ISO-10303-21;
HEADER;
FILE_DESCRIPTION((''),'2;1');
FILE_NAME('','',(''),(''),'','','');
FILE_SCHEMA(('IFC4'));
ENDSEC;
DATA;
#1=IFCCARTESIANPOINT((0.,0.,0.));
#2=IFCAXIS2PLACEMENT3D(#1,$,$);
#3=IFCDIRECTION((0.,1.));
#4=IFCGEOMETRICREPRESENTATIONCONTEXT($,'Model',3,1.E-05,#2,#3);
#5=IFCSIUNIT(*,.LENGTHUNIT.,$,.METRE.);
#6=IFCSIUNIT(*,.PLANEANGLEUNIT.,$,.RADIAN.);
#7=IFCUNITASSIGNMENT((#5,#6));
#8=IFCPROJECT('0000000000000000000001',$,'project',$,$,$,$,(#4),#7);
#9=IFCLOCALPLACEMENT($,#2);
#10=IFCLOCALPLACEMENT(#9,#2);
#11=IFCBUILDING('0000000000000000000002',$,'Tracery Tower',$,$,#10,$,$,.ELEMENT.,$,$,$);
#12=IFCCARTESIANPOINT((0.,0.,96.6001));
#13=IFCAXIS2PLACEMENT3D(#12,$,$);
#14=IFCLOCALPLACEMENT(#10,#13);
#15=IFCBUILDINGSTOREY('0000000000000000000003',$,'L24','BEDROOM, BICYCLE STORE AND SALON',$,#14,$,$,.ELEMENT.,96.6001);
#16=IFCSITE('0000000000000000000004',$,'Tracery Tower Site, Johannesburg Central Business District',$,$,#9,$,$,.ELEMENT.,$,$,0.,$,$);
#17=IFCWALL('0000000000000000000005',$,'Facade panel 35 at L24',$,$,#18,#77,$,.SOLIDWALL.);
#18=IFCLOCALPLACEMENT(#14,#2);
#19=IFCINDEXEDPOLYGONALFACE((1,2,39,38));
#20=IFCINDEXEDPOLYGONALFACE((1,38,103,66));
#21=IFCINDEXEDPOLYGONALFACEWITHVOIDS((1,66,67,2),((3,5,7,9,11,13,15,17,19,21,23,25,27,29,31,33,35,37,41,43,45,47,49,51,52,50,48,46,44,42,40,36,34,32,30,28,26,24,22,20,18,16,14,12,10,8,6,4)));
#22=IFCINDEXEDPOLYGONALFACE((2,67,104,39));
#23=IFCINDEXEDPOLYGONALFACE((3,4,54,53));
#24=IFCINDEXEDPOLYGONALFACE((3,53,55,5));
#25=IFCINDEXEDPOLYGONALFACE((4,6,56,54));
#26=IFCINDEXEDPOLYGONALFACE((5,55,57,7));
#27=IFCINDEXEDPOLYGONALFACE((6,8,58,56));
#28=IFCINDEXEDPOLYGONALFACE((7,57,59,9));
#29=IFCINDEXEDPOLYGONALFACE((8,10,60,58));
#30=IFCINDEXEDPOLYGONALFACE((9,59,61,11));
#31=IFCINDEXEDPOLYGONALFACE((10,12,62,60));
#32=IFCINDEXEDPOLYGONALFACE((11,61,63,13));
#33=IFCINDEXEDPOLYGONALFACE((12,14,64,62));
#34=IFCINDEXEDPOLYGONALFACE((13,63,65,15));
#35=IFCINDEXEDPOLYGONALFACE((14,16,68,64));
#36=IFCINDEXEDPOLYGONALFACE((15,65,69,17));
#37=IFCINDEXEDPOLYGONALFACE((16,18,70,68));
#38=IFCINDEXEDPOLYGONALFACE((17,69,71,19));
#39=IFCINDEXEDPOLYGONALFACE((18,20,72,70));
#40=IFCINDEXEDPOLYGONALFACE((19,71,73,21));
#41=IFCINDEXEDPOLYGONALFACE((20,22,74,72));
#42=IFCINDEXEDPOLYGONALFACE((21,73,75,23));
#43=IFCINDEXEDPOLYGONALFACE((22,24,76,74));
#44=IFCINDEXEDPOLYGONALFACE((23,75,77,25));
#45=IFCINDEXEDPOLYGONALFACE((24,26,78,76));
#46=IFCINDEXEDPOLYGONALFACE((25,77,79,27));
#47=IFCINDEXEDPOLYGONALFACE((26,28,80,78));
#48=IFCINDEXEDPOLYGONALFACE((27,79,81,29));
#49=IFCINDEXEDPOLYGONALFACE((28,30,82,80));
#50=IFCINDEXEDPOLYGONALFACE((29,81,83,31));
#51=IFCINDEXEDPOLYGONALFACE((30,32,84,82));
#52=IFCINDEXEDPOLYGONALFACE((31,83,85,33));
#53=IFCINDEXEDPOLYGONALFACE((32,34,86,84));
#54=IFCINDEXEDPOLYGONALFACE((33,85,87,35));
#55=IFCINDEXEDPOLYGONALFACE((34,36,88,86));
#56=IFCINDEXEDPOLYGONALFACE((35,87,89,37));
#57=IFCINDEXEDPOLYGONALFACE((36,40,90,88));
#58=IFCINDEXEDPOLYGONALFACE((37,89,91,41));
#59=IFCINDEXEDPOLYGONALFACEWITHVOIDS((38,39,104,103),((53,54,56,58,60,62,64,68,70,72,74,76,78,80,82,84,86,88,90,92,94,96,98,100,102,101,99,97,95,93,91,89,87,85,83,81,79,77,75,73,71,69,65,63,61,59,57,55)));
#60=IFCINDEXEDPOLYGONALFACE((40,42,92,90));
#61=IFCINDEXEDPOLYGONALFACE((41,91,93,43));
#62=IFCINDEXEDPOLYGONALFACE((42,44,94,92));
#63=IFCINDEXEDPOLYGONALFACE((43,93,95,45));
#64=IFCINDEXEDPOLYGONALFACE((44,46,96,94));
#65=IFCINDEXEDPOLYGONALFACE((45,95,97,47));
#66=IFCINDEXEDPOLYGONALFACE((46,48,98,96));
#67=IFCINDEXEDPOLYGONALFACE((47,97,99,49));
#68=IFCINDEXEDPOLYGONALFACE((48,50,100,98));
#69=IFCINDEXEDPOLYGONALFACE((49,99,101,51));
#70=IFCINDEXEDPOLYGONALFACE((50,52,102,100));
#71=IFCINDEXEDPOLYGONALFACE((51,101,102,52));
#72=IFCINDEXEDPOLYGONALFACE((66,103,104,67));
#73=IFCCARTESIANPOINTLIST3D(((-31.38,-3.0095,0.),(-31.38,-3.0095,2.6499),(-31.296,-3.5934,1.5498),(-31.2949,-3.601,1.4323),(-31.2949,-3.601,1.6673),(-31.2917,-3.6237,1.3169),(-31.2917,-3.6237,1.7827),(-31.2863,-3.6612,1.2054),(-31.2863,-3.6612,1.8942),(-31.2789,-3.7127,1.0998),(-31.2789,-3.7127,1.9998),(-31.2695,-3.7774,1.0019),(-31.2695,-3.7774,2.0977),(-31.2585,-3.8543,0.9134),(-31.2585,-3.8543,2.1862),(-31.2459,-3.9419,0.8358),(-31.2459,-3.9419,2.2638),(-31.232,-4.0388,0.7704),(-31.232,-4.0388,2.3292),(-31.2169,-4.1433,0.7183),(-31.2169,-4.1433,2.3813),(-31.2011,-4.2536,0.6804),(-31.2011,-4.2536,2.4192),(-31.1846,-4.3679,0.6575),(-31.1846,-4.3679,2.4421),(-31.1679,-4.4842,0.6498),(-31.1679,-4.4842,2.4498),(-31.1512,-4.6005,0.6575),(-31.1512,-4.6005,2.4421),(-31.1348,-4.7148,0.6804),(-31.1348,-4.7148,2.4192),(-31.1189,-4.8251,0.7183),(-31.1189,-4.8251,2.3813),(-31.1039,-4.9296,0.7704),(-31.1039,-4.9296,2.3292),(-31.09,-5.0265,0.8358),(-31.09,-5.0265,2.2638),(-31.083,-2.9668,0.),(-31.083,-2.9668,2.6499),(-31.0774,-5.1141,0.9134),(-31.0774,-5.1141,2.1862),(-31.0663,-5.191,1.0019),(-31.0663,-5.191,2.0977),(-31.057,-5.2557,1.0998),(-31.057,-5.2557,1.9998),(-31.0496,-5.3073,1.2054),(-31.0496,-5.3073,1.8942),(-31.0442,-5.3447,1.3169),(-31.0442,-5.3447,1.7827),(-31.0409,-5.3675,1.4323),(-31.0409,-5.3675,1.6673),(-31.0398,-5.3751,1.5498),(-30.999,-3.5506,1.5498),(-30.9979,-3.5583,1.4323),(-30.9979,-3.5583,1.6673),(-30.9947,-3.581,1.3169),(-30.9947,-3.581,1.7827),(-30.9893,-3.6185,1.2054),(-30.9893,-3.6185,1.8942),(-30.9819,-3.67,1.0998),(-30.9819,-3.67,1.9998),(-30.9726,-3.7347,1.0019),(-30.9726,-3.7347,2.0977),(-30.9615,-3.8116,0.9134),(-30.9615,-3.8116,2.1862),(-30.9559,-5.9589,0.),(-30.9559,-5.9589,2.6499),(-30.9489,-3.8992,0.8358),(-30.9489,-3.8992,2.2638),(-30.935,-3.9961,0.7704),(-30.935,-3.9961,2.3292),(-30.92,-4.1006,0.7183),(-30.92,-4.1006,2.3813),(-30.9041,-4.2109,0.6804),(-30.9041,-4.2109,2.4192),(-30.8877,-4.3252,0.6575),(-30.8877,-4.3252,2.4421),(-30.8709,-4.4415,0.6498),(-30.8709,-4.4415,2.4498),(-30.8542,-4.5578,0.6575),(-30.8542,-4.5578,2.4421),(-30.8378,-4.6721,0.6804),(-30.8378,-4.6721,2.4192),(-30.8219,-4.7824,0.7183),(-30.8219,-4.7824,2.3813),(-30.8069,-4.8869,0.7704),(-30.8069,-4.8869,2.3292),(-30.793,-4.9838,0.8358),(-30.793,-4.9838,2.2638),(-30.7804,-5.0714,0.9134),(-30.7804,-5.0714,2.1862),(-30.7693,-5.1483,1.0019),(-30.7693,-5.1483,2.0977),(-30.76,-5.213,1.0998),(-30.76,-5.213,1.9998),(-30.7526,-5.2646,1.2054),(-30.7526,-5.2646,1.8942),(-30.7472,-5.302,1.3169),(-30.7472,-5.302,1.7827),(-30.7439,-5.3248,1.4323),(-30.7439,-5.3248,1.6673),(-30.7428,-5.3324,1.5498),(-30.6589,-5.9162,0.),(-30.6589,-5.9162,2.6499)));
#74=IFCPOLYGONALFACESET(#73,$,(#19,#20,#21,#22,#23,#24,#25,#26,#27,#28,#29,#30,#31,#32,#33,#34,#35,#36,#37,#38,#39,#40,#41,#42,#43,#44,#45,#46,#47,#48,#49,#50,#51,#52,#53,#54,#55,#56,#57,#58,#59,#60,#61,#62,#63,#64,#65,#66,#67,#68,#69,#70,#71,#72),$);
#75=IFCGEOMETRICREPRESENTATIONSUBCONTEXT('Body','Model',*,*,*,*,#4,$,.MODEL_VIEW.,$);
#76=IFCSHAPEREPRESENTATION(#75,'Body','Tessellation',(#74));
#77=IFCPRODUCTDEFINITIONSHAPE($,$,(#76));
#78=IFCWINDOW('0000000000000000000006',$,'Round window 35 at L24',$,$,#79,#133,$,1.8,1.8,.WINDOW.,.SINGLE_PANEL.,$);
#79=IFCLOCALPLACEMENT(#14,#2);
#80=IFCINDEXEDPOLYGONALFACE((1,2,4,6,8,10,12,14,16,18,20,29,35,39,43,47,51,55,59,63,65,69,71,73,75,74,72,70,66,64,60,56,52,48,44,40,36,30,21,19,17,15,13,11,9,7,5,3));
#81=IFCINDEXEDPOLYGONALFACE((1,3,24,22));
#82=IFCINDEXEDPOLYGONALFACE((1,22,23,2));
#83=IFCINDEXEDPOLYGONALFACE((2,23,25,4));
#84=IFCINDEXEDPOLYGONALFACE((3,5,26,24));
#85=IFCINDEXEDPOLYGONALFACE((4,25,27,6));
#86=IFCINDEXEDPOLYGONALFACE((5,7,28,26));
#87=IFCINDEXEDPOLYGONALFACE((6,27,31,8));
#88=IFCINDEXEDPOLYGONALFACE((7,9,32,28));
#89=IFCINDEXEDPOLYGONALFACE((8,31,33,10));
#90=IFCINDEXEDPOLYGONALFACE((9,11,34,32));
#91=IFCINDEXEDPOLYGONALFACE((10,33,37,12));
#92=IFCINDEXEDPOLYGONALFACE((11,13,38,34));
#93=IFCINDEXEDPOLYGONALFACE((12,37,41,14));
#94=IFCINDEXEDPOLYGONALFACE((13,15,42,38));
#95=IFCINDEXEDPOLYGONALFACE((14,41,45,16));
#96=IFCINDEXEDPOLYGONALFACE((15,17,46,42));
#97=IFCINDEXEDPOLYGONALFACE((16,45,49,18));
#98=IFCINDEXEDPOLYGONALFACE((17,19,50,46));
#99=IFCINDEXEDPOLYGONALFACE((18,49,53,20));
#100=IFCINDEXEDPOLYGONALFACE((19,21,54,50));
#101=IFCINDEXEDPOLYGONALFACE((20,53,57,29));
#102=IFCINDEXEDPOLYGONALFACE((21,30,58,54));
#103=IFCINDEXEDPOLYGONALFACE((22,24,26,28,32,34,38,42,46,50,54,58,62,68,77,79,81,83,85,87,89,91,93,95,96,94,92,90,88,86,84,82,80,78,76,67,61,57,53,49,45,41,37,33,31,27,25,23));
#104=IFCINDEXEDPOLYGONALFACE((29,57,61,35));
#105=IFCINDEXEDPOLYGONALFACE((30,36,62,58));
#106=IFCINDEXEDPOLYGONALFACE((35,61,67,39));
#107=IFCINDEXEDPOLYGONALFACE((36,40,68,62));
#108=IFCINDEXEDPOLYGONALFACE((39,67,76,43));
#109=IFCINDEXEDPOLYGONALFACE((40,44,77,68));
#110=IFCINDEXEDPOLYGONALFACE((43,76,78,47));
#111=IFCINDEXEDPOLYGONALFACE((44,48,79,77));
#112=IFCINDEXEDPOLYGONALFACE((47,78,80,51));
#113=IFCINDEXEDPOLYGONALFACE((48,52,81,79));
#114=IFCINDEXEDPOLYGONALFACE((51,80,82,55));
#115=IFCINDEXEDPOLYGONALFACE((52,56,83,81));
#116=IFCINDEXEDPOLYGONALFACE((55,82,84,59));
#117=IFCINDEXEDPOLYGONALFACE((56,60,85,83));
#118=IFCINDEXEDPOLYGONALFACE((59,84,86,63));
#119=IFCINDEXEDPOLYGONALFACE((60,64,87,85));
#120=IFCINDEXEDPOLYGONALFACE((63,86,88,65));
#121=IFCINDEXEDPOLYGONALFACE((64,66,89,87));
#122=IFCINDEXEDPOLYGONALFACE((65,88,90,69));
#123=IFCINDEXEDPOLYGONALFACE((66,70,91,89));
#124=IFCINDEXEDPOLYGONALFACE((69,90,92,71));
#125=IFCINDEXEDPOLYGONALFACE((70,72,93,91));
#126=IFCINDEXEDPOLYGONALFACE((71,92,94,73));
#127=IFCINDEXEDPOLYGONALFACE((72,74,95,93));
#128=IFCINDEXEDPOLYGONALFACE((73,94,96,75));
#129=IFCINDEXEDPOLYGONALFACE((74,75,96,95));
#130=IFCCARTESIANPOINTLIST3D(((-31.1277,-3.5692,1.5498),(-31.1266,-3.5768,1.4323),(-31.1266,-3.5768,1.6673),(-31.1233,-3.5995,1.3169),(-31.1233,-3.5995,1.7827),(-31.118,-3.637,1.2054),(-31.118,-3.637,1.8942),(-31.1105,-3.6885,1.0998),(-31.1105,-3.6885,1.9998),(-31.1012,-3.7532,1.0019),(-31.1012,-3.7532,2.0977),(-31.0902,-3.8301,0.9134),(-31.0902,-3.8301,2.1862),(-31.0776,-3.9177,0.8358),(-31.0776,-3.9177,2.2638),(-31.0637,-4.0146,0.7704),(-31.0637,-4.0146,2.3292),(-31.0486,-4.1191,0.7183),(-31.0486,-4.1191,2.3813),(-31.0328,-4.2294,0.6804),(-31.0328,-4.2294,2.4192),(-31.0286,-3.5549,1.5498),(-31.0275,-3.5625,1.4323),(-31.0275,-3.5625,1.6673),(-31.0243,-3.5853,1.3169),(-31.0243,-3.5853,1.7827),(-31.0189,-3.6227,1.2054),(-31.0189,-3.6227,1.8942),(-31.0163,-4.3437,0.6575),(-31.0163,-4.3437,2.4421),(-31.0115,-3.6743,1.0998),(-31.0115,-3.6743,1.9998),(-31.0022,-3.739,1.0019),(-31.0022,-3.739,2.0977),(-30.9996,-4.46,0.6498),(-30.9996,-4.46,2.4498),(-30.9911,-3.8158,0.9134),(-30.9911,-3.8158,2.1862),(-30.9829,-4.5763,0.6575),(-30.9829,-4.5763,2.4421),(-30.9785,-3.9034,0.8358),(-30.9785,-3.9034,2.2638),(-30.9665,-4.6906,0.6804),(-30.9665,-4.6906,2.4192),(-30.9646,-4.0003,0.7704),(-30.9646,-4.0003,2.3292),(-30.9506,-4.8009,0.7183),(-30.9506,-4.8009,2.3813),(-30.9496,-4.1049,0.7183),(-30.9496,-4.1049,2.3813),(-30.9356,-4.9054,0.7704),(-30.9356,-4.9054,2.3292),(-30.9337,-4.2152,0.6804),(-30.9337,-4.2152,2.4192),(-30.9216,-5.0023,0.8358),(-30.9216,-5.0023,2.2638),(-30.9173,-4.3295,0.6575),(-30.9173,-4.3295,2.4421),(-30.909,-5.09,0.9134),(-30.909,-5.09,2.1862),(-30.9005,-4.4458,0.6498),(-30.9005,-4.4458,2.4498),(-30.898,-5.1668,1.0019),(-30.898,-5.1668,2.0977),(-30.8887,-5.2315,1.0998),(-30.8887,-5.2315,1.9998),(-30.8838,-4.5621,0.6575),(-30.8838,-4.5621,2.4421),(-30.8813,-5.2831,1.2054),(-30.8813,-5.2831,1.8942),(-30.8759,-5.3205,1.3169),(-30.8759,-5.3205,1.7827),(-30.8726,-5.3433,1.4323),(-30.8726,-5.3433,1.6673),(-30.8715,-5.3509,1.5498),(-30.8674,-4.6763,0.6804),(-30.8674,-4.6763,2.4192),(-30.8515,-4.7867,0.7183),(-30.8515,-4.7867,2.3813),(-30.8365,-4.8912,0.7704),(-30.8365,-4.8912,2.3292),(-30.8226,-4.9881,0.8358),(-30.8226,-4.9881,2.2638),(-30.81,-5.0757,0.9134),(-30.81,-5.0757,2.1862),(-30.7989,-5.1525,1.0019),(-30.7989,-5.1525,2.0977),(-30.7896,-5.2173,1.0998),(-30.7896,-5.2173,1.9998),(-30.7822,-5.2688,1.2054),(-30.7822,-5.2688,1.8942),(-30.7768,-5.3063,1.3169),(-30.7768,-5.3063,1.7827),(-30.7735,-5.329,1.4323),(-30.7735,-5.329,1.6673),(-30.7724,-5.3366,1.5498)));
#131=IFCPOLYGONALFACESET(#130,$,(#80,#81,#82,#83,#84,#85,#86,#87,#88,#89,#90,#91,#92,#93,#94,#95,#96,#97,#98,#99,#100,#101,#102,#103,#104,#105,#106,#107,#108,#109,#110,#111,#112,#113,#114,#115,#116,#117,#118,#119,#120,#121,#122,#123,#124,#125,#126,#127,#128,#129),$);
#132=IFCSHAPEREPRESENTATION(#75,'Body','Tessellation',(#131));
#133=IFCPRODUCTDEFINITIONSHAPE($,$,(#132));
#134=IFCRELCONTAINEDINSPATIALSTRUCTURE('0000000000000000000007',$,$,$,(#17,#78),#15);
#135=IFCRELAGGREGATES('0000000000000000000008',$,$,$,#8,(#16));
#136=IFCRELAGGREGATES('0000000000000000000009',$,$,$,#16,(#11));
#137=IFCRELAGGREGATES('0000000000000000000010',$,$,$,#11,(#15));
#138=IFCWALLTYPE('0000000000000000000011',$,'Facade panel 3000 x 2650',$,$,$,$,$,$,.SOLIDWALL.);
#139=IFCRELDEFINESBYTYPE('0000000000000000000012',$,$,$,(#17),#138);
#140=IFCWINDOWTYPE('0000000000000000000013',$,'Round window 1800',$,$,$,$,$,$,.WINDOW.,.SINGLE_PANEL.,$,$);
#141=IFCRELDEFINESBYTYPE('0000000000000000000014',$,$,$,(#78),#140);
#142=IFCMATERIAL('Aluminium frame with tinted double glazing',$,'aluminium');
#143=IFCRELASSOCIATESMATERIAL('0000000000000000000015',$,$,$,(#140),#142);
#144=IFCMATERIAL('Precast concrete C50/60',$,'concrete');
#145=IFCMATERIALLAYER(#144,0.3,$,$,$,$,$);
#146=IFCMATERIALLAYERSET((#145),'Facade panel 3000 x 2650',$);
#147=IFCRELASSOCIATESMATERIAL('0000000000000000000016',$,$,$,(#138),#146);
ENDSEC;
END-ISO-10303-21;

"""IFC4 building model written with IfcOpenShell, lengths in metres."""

from ifc_helpers import new_model, si_unit, direction, frame, frame_2d, origin, origin_2d, place, context, subcontext, project, spatial, rectangle, circle, extrude, material, layer, layer_set, type_object, element, fill, save


model = new_model("IFC4")

# Units and contexts
model_context = context("Model", 3, precision=1e-05, world=origin(), true_north=direction((0.0, 1.0)))
body_context = subcontext(model_context, "Body", "Model", "MODEL_VIEW")
ifc_project = project(units=[si_unit("LENGTHUNIT", "METRE"), si_unit("PLANEANGLEUNIT", "RADIAN")], contexts=[model_context])

# Site, building, storey
site_placement = place(None, origin())
site = spatial("IfcSite", under=ifc_project, at=site_placement, Name="Tracery Tower Site, Johannesburg Central Business District", CompositionType="ELEMENT", RefElevation=0.0)
building_placement = place(site_placement, origin())
building = spatial("IfcBuilding", under=site, at=building_placement, Name="Tracery Tower", CompositionType="ELEMENT")
storey_placement = place(building_placement, frame((0.0, 0.0, 96.6001)))
storey = spatial("IfcBuildingStorey", under=building, at=storey_placement, Name="L24", Description="BEDROOM, BICYCLE STORE AND SALON", CompositionType="ELEMENT", Elevation=96.6001)

# Wall, opening, window
ifc_material_1 = material(Name="Aluminium frame with tinted double glazing", Category="aluminium")
window_type = type_object("IfcWindowType", Name="Round window 1800", PartitioningType="SINGLE_PANEL", PredefinedType="WINDOW", material=ifc_material_1)
ifc_material_2 = material(Name="Precast concrete C50/60", Category="concrete")
ifc_layer_1 = layer(ifc_material_2, 0.3)
ifc_layer_set_1 = layer_set([ifc_layer_1], Name="Facade panel 3000 x 2650")
wall_type_1 = type_object("IfcWallType", Name="Facade panel 3000 x 2650", PredefinedType="SOLIDWALL", material=ifc_layer_set_1)
wall_1_placement = place(storey_placement, frame((-31.2314, -2.9883, 0.0), z_axis=(0.0, 0.0, 1.0), x_axis=(0.142316, -0.989821, 0.0)))
wall_1 = element("IfcWall", 1, at=wall_1_placement, inside=storey, type_object=wall_type_1, Name="Facade panel 35 at L24", PredefinedType="SOLIDWALL", context=body_context, shape_type="SweptSolid", body=[
    extrude(rectangle(XDim=2.9797, YDim=0.3, at=frame_2d((1.4897, 0.0))), origin(), (0.0, 0.0, 1.0), 2.6499),
])
opening_1_placement = place(wall_1_placement, frame((1.4897, 0.0, 1.5498)))
opening_1 = element("IfcOpeningElement", 2, at=opening_1_placement, cuts=wall_1, PredefinedType="OPENING", context=body_context, shape_type="SweptSolid", body=[
    extrude(circle(Radius=0.9, at=origin_2d()), frame((0.0, 0.1599, 0.0), z_axis=(0.0, -1.0, 0.0), x_axis=(1.0, 0.0, 0.0)), (0.0, 0.0, 1.0), 0.3201),
])
window_1_placement = place(opening_1_placement, origin())
window_1 = element("IfcWindow", 3, at=window_1_placement, inside=storey, type_object=window_type, Name="Round window 35 at L24", OverallHeight=1.8, OverallWidth=1.8, PartitioningType="SINGLE_PANEL", PredefinedType="WINDOW", context=body_context, shape_type="SweptSolid", body=[
    extrude(circle(Radius=0.9, at=origin_2d()), frame((0.0, 0.1201, 0.0), z_axis=(0.0, -1.0, 0.0), x_axis=(1.0, 0.0, 0.0)), (0.0, 0.0, 1.0), 0.1001),
])
fill(opening_1, window_1)

save(model, "model.ifc")
